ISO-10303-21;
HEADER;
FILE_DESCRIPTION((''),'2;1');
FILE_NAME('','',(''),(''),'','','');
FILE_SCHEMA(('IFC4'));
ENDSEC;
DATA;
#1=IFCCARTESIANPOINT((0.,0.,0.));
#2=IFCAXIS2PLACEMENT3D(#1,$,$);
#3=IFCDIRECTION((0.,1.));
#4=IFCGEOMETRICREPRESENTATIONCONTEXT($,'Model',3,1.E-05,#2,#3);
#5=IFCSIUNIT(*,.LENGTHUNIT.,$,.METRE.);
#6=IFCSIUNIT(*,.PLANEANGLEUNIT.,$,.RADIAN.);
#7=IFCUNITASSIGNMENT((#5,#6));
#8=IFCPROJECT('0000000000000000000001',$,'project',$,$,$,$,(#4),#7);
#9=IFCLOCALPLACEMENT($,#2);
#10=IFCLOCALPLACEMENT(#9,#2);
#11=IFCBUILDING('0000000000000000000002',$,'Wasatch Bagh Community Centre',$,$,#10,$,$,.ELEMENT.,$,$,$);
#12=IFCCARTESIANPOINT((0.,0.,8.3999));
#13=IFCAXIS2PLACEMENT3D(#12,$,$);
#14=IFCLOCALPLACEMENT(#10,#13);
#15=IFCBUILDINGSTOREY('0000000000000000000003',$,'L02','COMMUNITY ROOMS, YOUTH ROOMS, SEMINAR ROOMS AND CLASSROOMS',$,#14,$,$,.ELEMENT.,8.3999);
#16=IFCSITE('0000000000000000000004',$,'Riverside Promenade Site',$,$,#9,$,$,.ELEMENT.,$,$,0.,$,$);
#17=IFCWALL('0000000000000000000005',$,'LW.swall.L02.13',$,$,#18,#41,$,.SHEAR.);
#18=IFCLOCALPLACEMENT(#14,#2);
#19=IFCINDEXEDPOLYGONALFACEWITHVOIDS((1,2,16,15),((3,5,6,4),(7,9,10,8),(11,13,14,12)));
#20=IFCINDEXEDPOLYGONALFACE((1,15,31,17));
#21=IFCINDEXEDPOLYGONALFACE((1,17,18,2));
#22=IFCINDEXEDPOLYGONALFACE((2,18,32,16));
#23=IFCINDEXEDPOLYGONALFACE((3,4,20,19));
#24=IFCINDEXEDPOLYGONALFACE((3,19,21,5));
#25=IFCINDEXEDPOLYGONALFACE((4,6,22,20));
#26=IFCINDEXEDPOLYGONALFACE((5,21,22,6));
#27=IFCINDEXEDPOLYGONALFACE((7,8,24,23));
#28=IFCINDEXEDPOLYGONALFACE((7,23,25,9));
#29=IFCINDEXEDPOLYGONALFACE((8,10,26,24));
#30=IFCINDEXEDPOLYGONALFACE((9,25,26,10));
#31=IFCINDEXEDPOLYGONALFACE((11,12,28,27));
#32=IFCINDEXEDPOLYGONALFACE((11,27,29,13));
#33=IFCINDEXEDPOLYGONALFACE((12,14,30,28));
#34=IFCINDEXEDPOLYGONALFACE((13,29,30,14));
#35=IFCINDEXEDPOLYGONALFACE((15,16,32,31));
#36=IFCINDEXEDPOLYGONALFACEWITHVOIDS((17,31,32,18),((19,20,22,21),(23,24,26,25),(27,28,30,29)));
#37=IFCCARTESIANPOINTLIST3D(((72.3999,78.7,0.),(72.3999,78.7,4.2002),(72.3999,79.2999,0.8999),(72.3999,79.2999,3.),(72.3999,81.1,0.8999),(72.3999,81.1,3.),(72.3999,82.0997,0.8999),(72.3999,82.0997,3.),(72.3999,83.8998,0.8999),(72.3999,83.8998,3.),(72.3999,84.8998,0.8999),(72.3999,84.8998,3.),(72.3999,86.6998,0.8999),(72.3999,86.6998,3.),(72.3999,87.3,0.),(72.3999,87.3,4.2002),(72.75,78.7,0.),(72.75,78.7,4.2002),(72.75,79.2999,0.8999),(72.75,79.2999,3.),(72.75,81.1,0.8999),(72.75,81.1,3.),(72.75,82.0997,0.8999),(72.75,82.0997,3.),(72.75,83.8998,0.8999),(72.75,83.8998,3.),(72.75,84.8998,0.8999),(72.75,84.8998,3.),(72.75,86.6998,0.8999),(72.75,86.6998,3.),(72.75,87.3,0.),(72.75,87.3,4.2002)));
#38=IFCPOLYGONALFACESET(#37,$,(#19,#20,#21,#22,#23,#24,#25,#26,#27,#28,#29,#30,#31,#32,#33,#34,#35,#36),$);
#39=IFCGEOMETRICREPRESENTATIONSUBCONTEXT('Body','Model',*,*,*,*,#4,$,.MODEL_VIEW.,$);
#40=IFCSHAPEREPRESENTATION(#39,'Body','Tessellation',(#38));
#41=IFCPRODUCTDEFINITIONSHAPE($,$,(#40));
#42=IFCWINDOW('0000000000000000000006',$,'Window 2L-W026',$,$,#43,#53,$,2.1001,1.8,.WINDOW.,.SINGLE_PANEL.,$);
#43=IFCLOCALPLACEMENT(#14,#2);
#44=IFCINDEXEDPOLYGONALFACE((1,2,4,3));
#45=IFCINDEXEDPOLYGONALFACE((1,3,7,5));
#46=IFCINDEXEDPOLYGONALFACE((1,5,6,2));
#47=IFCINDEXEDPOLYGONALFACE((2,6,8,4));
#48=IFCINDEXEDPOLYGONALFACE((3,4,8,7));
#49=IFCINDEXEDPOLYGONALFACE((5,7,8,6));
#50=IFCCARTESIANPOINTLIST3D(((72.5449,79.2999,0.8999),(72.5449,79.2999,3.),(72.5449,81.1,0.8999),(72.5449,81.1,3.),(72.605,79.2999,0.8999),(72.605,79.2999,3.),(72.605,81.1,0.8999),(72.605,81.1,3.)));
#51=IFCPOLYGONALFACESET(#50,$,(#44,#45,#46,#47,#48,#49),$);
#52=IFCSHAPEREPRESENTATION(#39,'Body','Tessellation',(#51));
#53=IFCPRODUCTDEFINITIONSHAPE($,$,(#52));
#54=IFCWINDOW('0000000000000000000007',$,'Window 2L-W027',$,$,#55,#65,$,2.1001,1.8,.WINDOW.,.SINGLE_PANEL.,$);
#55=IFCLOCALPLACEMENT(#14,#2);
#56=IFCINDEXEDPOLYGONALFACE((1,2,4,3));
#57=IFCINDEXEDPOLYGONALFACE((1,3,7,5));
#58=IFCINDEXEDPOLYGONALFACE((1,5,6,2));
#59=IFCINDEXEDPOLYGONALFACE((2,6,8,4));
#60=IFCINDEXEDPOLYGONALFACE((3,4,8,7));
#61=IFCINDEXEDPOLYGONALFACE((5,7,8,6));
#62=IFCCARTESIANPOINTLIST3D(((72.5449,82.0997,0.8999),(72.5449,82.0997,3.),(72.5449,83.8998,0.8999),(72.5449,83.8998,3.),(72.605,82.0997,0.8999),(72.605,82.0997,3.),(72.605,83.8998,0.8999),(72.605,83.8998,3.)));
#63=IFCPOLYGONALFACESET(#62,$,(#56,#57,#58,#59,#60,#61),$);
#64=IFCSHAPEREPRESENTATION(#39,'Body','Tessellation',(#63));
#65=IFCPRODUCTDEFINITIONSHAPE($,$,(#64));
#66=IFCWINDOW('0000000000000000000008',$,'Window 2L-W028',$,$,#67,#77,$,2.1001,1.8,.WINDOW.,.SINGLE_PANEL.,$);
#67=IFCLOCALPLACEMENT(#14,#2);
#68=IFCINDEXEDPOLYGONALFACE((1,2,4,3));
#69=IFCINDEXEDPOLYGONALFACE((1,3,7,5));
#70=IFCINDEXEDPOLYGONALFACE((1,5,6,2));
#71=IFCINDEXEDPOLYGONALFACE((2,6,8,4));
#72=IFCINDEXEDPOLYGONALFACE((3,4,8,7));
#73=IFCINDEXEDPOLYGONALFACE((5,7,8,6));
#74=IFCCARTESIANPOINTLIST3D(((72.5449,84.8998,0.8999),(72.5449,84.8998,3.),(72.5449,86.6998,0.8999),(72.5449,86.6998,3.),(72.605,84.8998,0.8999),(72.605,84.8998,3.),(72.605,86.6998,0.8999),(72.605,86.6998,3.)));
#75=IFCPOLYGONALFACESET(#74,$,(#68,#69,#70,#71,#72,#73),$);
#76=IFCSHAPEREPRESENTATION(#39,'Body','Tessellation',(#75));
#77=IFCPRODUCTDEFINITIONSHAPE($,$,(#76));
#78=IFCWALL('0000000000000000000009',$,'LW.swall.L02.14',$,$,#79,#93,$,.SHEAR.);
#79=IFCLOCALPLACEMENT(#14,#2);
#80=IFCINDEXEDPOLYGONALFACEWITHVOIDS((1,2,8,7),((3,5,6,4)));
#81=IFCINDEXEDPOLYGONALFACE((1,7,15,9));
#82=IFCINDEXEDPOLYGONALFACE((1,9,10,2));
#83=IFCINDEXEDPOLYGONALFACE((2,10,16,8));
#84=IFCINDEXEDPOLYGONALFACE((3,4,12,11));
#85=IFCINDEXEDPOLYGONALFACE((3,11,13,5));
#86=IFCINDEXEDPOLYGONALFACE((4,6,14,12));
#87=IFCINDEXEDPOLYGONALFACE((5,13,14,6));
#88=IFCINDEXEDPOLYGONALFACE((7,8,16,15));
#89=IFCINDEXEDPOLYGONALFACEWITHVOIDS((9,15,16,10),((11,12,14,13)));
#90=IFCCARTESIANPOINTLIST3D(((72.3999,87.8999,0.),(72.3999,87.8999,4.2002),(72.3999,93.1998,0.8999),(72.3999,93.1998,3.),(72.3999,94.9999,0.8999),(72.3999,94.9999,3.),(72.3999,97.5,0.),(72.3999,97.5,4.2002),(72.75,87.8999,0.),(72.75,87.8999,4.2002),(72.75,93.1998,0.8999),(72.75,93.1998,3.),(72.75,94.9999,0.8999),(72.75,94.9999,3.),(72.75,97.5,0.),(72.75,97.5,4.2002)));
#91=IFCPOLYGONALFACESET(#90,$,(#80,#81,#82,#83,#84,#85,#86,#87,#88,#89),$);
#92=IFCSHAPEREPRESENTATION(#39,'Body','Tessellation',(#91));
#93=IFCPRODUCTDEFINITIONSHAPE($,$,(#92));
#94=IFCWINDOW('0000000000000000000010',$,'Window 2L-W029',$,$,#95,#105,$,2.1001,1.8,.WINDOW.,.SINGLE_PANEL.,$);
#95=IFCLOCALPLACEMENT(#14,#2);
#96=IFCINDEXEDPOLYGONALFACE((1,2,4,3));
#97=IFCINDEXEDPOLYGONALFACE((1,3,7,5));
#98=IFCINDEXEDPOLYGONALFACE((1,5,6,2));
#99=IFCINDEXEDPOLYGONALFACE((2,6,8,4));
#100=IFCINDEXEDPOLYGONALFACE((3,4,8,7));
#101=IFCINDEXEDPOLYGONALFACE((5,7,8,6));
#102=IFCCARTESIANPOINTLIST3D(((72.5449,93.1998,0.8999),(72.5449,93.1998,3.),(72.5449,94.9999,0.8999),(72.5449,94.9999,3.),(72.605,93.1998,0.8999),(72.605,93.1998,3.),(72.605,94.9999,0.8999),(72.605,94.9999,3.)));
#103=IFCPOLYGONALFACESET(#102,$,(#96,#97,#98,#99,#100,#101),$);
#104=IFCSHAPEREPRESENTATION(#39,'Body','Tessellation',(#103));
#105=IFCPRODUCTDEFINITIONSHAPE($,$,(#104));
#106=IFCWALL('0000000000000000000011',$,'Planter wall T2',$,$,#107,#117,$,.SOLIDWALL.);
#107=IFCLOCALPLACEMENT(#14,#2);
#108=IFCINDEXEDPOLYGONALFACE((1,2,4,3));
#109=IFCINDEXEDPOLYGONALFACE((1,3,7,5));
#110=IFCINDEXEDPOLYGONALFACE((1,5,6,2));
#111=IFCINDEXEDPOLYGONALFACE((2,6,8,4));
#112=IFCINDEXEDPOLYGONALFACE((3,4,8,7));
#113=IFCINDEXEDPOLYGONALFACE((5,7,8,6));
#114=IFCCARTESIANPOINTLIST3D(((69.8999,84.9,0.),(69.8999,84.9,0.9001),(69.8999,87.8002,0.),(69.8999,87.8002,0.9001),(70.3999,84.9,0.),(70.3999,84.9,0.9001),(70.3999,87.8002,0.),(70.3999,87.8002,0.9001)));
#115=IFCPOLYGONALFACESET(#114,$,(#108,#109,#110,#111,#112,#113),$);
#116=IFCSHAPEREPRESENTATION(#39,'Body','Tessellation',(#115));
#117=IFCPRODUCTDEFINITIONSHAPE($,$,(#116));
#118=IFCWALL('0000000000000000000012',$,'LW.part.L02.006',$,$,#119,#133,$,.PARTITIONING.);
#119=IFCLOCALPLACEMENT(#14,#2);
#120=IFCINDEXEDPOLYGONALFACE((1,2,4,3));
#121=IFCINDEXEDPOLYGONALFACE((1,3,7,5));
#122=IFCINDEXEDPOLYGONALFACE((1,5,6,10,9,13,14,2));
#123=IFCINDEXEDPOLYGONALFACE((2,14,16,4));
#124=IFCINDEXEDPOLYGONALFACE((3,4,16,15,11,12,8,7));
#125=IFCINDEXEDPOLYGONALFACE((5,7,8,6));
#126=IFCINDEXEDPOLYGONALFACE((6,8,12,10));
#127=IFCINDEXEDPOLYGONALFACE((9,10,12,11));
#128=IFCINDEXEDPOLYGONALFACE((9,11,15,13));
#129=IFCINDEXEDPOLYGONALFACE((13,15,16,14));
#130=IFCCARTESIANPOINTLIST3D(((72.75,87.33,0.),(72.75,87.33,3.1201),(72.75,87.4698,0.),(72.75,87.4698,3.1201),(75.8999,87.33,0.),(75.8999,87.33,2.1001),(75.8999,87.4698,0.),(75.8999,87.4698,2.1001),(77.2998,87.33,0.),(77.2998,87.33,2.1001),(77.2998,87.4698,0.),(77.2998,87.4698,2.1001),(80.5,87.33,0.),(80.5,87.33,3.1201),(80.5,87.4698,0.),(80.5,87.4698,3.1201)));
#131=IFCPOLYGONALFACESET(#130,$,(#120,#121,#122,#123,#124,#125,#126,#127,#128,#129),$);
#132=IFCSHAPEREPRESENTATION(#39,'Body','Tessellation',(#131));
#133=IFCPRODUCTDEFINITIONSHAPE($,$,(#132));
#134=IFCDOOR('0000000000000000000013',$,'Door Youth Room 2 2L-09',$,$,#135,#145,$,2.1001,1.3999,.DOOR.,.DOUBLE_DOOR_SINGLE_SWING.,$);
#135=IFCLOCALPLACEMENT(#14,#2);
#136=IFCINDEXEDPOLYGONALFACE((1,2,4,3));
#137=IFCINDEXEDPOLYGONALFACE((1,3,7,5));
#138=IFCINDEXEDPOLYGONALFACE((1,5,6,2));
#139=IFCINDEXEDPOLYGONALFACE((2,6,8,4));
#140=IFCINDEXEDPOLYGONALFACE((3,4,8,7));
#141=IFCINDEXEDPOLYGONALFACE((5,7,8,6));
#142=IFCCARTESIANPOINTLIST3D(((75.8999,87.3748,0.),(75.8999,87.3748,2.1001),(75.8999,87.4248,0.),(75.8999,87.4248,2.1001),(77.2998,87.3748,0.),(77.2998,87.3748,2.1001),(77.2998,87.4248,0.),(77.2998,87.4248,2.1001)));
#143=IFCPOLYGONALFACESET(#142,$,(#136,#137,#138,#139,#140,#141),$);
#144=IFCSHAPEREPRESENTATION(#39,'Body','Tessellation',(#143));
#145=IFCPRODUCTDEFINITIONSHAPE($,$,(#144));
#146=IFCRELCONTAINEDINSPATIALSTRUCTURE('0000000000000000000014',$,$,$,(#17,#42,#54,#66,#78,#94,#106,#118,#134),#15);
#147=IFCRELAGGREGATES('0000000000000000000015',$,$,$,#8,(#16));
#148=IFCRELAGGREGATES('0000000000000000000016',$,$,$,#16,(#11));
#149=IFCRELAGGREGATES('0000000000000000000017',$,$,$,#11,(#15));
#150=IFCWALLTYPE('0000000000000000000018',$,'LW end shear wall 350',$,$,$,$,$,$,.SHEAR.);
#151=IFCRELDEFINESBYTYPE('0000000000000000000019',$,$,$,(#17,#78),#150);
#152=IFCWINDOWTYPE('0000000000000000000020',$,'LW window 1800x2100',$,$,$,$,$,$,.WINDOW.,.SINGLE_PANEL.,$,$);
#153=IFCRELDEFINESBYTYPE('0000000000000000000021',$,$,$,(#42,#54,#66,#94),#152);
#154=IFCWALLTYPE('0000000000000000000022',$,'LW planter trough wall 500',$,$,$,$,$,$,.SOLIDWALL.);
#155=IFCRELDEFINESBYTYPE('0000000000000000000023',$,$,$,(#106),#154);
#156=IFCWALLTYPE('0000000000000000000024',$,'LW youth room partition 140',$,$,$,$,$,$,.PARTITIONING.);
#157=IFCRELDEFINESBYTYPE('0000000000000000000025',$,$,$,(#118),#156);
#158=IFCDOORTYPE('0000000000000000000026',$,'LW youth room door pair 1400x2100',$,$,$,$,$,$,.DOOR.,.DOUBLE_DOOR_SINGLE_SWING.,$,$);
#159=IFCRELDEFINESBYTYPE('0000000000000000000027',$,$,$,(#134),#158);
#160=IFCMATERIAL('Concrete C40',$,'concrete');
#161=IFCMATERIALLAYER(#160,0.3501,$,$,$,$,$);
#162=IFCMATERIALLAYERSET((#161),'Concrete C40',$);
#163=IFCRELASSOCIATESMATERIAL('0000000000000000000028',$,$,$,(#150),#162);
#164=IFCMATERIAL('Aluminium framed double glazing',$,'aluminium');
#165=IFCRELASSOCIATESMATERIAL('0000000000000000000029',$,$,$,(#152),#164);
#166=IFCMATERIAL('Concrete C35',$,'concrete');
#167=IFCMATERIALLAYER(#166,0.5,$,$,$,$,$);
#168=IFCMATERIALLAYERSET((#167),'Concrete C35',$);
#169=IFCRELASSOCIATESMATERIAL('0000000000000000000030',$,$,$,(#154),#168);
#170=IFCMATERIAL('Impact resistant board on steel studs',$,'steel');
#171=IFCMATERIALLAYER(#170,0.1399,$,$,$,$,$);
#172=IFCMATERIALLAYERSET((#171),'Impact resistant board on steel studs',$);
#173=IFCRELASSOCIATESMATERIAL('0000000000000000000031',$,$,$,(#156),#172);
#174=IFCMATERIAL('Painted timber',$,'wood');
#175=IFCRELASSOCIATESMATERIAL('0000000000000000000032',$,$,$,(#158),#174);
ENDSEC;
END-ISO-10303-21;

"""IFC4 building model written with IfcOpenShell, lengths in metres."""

from ifc_helpers import new_model, si_unit, direction, frame, frame_2d, origin, place, context, subcontext, project, spatial, rectangle, extrude, material, layer, layer_set, type_object, element, fill, save


model = new_model("IFC4")

# Units and contexts
model_context = context("Model", 3, precision=1e-05, world=origin(), true_north=direction((0.0, 1.0)))
body_context = subcontext(model_context, "Body", "Model", "MODEL_VIEW")
ifc_project = project(units=[si_unit("LENGTHUNIT", "METRE"), si_unit("PLANEANGLEUNIT", "RADIAN")], contexts=[model_context])

# Site, building, storey
site_placement = place(None, origin())
site = spatial("IfcSite", under=ifc_project, at=site_placement, Name="Riverside Promenade Site", CompositionType="ELEMENT", RefElevation=0.0)
building_placement = place(site_placement, origin())
building = spatial("IfcBuilding", under=site, at=building_placement, Name="Wasatch Bagh Community Centre", CompositionType="ELEMENT")
storey_placement = place(building_placement, frame((0.0, 0.0, 8.3999)))
storey = spatial("IfcBuildingStorey", under=building, at=storey_placement, Name="L02", Description="COMMUNITY ROOMS, YOUTH ROOMS, SEMINAR ROOMS AND CLASSROOMS", CompositionType="ELEMENT", Elevation=8.3999)

# Shared definitions
ifc_material_1 = material(Name="Concrete C40", Category="concrete")
ifc_material_2 = material(Name="Concrete C35", Category="concrete")

# Wall, openings, windows
ifc_layer_1 = layer(ifc_material_1, 0.3501)
ifc_layer_set_1 = layer_set([ifc_layer_1], Name="Concrete C40")
wall_type_1 = type_object("IfcWallType", Name="LW end shear wall 350", PredefinedType="SHEAR", material=ifc_layer_set_1)
wall_1_placement = place(storey_placement, frame((72.575, 78.7, 0.0), z_axis=(0.0, 0.0, 1.0), x_axis=(0.0, 1.0, 0.0)))
wall_1 = element("IfcWall", 1, at=wall_1_placement, inside=storey, type_object=wall_type_1, Name="LW.swall.L02.13", PredefinedType="SHEAR", context=body_context, shape_type="SweptSolid", body=[
    extrude(rectangle(XDim=8.6001, YDim=0.3501, at=frame_2d((4.3, 0.0))), origin(), (0.0, 0.0, 1.0), 4.2002),
])
opening_1_placement = place(wall_1_placement, frame((0.6001, 0.0, 0.8999)))
opening_1 = element("IfcOpeningElement", 2, at=opening_1_placement, cuts=wall_1, PredefinedType="OPENING", context=body_context, shape_type="SweptSolid", body=[
    extrude(rectangle(XDim=1.8, YDim=2.1001, at=frame_2d((0.8999, 1.05))), frame((0.0, 0.1851, 0.0), z_axis=(0.0, -1.0, 0.0), x_axis=(1.0, 0.0, 0.0)), (0.0, 0.0, 1.0), 0.3701),
])
opening_2_placement = place(wall_1_placement, frame((3.3999, 0.0, 0.8999)))
opening_2 = element("IfcOpeningElement", 3, at=opening_2_placement, cuts=wall_1, PredefinedType="OPENING", context=body_context, shape_type="SweptSolid", body=[
    extrude(rectangle(XDim=1.8, YDim=2.1001, at=frame_2d((0.8999, 1.05))), frame((0.0, 0.1851, 0.0), z_axis=(0.0, -1.0, 0.0), x_axis=(1.0, 0.0, 0.0)), (0.0, 0.0, 1.0), 0.3701),
])
opening_3_placement = place(wall_1_placement, frame((6.2, 0.0, 0.8999)))
opening_3 = element("IfcOpeningElement", 4, at=opening_3_placement, cuts=wall_1, PredefinedType="OPENING", context=body_context, shape_type="SweptSolid", body=[
    extrude(rectangle(XDim=1.8, YDim=2.1001, at=frame_2d((0.8999, 1.05))), frame((0.0, 0.1851, 0.0), z_axis=(0.0, -1.0, 0.0), x_axis=(1.0, 0.0, 0.0)), (0.0, 0.0, 1.0), 0.3701),
])
ifc_material_3 = material(Name="Aluminium framed double glazing", Category="aluminium")
window_type = type_object("IfcWindowType", Name="LW window 1800x2100", PartitioningType="SINGLE_PANEL", PredefinedType="WINDOW", material=ifc_material_3)
window_1_placement = place(opening_1_placement, origin())
window_1 = element("IfcWindow", 5, at=window_1_placement, inside=storey, type_object=window_type, Name="Window 2L-W026", OverallHeight=2.1001, OverallWidth=1.8, PartitioningType="SINGLE_PANEL", PredefinedType="WINDOW", context=body_context, shape_type="SweptSolid", body=[
    extrude(rectangle(XDim=1.8, YDim=2.1001, at=frame_2d((0.8999, 1.05))), frame((0.0, 0.03, 0.0), z_axis=(0.0, -1.0, 0.0), x_axis=(1.0, 0.0, 0.0)), (0.0, 0.0, 1.0), 0.0601),
])
fill(opening_1, window_1)
window_2_placement = place(opening_2_placement, origin())
window_2 = element("IfcWindow", 6, at=window_2_placement, inside=storey, type_object=window_type, Name="Window 2L-W027", OverallHeight=2.1001, OverallWidth=1.8, PartitioningType="SINGLE_PANEL", PredefinedType="WINDOW", context=body_context, shape_type="SweptSolid", body=[
    extrude(rectangle(XDim=1.8, YDim=2.1001, at=frame_2d((0.8999, 1.05))), frame((0.0, 0.03, 0.0), z_axis=(0.0, -1.0, 0.0), x_axis=(1.0, 0.0, 0.0)), (0.0, 0.0, 1.0), 0.0601),
])
fill(opening_2, window_2)
window_3_placement = place(opening_3_placement, origin())
window_3 = element("IfcWindow", 7, at=window_3_placement, inside=storey, type_object=window_type, Name="Window 2L-W028", OverallHeight=2.1001, OverallWidth=1.8, PartitioningType="SINGLE_PANEL", PredefinedType="WINDOW", context=body_context, shape_type="SweptSolid", body=[
    extrude(rectangle(XDim=1.8, YDim=2.1001, at=frame_2d((0.8999, 1.05))), frame((0.0, 0.03, 0.0), z_axis=(0.0, -1.0, 0.0), x_axis=(1.0, 0.0, 0.0)), (0.0, 0.0, 1.0), 0.0601),
])
fill(opening_3, window_3)

# Wall, opening, window
wall_2_placement = place(storey_placement, frame((72.575, 87.8999, 0.0), z_axis=(0.0, 0.0, 1.0), x_axis=(0.0, 1.0, 0.0)))
wall_2 = element("IfcWall", 8, at=wall_2_placement, inside=storey, type_object=wall_type_1, Name="LW.swall.L02.14", PredefinedType="SHEAR", context=body_context, shape_type="SweptSolid", body=[
    extrude(rectangle(XDim=9.6001, YDim=0.3501, at=frame_2d((4.8, 0.0))), origin(), (0.0, 0.0, 1.0), 4.2002),
])
opening_4_placement = place(wall_2_placement, frame((5.3, 0.0, 0.8999)))
opening_4 = element("IfcOpeningElement", 9, at=opening_4_placement, cuts=wall_2, PredefinedType="OPENING", context=body_context, shape_type="SweptSolid", body=[
    extrude(rectangle(XDim=1.8, YDim=2.1001, at=frame_2d((0.8999, 1.05))), frame((0.0, 0.1851, 0.0), z_axis=(0.0, -1.0, 0.0), x_axis=(1.0, 0.0, 0.0)), (0.0, 0.0, 1.0), 0.3701),
])
window_4_placement = place(opening_4_placement, origin())
window_4 = element("IfcWindow", 10, at=window_4_placement, inside=storey, type_object=window_type, Name="Window 2L-W029", OverallHeight=2.1001, OverallWidth=1.8, PartitioningType="SINGLE_PANEL", PredefinedType="WINDOW", context=body_context, shape_type="SweptSolid", body=[
    extrude(rectangle(XDim=1.8, YDim=2.1001, at=frame_2d((0.8999, 1.05))), frame((0.0, 0.03, 0.0), z_axis=(0.0, -1.0, 0.0), x_axis=(1.0, 0.0, 0.0)), (0.0, 0.0, 1.0), 0.0601),
])
fill(opening_4, window_4)

# Wall
ifc_layer_2 = layer(ifc_material_2, 0.5)
ifc_layer_set_2 = layer_set([ifc_layer_2], Name="Concrete C35")
wall_type_2 = type_object("IfcWallType", Name="LW planter trough wall 500", PredefinedType="SOLIDWALL", material=ifc_layer_set_2)
wall_3_placement = place(storey_placement, frame((70.1499, 84.8999, 0.0), z_axis=(0.0, 0.0, 1.0), x_axis=(0.0, 1.0, 0.0)))
element("IfcWall", 11, at=wall_3_placement, inside=storey, type_object=wall_type_2, Name="Planter wall T2", PredefinedType="SOLIDWALL", context=body_context, shape_type="SweptSolid", body=[
    extrude(rectangle(XDim=2.9001, YDim=0.5, at=frame_2d((1.4502, 0.0))), origin(), (0.0, 0.0, 1.0), 0.9001),
])

# Wall, opening, door
ifc_material_4 = material(Name="Impact resistant board on steel studs", Category="steel")
ifc_layer_3 = layer(ifc_material_4, 0.1399)
ifc_layer_set_3 = layer_set([ifc_layer_3], Name="Impact resistant board on steel studs")
wall_type_3 = type_object("IfcWallType", Name="LW youth room partition 140", PredefinedType="PARTITIONING", material=ifc_layer_set_3)
wall_4_placement = place(storey_placement, frame((72.75, 87.3999, 0.0), z_axis=(0.0, 0.0, 1.0), x_axis=(1.0, 0.0, 0.0)))
wall_4 = element("IfcWall", 12, at=wall_4_placement, inside=storey, type_object=wall_type_3, Name="LW.part.L02.006", PredefinedType="PARTITIONING", context=body_context, shape_type="SweptSolid", body=[
    extrude(rectangle(XDim=7.75, YDim=0.1399, at=frame_2d((3.875, 0.0))), origin(), (0.0, 0.0, 1.0), 3.1201),
])
opening_5_placement = place(wall_4_placement, frame((3.1499, 0.0, 0.0)))
opening_5 = element("IfcOpeningElement", 13, at=opening_5_placement, cuts=wall_4, PredefinedType="OPENING", context=body_context, shape_type="SweptSolid", body=[
    extrude(rectangle(XDim=1.3999, YDim=2.1001, at=frame_2d((0.7, 1.05))), frame((0.0, 0.0798, 0.0), z_axis=(0.0, -1.0, 0.0), x_axis=(1.0, 0.0, 0.0)), (0.0, 0.0, 1.0), 0.1599),
])
ifc_material_5 = material(Name="Painted timber", Category="wood")
door_type = type_object("IfcDoorType", Name="LW youth room door pair 1400x2100", OperationType="DOUBLE_DOOR_SINGLE_SWING", PredefinedType="DOOR", material=ifc_material_5)
door_placement = place(opening_5_placement, origin())
door = element("IfcDoor", 14, at=door_placement, inside=storey, type_object=door_type, Name="Door Youth Room 2 2L-09", OperationType="DOUBLE_DOOR_SINGLE_SWING", OverallHeight=2.1001, OverallWidth=1.3999, PredefinedType="DOOR", context=body_context, shape_type="SweptSolid", body=[
    extrude(rectangle(XDim=1.3999, YDim=2.1001, at=frame_2d((0.7, 1.05))), frame((0.0, 0.0249, 0.0), z_axis=(0.0, -1.0, 0.0), x_axis=(1.0, 0.0, 0.0)), (0.0, 0.0, 1.0), 0.05),
])
fill(opening_5, door)

save(model, "model.ifc")
